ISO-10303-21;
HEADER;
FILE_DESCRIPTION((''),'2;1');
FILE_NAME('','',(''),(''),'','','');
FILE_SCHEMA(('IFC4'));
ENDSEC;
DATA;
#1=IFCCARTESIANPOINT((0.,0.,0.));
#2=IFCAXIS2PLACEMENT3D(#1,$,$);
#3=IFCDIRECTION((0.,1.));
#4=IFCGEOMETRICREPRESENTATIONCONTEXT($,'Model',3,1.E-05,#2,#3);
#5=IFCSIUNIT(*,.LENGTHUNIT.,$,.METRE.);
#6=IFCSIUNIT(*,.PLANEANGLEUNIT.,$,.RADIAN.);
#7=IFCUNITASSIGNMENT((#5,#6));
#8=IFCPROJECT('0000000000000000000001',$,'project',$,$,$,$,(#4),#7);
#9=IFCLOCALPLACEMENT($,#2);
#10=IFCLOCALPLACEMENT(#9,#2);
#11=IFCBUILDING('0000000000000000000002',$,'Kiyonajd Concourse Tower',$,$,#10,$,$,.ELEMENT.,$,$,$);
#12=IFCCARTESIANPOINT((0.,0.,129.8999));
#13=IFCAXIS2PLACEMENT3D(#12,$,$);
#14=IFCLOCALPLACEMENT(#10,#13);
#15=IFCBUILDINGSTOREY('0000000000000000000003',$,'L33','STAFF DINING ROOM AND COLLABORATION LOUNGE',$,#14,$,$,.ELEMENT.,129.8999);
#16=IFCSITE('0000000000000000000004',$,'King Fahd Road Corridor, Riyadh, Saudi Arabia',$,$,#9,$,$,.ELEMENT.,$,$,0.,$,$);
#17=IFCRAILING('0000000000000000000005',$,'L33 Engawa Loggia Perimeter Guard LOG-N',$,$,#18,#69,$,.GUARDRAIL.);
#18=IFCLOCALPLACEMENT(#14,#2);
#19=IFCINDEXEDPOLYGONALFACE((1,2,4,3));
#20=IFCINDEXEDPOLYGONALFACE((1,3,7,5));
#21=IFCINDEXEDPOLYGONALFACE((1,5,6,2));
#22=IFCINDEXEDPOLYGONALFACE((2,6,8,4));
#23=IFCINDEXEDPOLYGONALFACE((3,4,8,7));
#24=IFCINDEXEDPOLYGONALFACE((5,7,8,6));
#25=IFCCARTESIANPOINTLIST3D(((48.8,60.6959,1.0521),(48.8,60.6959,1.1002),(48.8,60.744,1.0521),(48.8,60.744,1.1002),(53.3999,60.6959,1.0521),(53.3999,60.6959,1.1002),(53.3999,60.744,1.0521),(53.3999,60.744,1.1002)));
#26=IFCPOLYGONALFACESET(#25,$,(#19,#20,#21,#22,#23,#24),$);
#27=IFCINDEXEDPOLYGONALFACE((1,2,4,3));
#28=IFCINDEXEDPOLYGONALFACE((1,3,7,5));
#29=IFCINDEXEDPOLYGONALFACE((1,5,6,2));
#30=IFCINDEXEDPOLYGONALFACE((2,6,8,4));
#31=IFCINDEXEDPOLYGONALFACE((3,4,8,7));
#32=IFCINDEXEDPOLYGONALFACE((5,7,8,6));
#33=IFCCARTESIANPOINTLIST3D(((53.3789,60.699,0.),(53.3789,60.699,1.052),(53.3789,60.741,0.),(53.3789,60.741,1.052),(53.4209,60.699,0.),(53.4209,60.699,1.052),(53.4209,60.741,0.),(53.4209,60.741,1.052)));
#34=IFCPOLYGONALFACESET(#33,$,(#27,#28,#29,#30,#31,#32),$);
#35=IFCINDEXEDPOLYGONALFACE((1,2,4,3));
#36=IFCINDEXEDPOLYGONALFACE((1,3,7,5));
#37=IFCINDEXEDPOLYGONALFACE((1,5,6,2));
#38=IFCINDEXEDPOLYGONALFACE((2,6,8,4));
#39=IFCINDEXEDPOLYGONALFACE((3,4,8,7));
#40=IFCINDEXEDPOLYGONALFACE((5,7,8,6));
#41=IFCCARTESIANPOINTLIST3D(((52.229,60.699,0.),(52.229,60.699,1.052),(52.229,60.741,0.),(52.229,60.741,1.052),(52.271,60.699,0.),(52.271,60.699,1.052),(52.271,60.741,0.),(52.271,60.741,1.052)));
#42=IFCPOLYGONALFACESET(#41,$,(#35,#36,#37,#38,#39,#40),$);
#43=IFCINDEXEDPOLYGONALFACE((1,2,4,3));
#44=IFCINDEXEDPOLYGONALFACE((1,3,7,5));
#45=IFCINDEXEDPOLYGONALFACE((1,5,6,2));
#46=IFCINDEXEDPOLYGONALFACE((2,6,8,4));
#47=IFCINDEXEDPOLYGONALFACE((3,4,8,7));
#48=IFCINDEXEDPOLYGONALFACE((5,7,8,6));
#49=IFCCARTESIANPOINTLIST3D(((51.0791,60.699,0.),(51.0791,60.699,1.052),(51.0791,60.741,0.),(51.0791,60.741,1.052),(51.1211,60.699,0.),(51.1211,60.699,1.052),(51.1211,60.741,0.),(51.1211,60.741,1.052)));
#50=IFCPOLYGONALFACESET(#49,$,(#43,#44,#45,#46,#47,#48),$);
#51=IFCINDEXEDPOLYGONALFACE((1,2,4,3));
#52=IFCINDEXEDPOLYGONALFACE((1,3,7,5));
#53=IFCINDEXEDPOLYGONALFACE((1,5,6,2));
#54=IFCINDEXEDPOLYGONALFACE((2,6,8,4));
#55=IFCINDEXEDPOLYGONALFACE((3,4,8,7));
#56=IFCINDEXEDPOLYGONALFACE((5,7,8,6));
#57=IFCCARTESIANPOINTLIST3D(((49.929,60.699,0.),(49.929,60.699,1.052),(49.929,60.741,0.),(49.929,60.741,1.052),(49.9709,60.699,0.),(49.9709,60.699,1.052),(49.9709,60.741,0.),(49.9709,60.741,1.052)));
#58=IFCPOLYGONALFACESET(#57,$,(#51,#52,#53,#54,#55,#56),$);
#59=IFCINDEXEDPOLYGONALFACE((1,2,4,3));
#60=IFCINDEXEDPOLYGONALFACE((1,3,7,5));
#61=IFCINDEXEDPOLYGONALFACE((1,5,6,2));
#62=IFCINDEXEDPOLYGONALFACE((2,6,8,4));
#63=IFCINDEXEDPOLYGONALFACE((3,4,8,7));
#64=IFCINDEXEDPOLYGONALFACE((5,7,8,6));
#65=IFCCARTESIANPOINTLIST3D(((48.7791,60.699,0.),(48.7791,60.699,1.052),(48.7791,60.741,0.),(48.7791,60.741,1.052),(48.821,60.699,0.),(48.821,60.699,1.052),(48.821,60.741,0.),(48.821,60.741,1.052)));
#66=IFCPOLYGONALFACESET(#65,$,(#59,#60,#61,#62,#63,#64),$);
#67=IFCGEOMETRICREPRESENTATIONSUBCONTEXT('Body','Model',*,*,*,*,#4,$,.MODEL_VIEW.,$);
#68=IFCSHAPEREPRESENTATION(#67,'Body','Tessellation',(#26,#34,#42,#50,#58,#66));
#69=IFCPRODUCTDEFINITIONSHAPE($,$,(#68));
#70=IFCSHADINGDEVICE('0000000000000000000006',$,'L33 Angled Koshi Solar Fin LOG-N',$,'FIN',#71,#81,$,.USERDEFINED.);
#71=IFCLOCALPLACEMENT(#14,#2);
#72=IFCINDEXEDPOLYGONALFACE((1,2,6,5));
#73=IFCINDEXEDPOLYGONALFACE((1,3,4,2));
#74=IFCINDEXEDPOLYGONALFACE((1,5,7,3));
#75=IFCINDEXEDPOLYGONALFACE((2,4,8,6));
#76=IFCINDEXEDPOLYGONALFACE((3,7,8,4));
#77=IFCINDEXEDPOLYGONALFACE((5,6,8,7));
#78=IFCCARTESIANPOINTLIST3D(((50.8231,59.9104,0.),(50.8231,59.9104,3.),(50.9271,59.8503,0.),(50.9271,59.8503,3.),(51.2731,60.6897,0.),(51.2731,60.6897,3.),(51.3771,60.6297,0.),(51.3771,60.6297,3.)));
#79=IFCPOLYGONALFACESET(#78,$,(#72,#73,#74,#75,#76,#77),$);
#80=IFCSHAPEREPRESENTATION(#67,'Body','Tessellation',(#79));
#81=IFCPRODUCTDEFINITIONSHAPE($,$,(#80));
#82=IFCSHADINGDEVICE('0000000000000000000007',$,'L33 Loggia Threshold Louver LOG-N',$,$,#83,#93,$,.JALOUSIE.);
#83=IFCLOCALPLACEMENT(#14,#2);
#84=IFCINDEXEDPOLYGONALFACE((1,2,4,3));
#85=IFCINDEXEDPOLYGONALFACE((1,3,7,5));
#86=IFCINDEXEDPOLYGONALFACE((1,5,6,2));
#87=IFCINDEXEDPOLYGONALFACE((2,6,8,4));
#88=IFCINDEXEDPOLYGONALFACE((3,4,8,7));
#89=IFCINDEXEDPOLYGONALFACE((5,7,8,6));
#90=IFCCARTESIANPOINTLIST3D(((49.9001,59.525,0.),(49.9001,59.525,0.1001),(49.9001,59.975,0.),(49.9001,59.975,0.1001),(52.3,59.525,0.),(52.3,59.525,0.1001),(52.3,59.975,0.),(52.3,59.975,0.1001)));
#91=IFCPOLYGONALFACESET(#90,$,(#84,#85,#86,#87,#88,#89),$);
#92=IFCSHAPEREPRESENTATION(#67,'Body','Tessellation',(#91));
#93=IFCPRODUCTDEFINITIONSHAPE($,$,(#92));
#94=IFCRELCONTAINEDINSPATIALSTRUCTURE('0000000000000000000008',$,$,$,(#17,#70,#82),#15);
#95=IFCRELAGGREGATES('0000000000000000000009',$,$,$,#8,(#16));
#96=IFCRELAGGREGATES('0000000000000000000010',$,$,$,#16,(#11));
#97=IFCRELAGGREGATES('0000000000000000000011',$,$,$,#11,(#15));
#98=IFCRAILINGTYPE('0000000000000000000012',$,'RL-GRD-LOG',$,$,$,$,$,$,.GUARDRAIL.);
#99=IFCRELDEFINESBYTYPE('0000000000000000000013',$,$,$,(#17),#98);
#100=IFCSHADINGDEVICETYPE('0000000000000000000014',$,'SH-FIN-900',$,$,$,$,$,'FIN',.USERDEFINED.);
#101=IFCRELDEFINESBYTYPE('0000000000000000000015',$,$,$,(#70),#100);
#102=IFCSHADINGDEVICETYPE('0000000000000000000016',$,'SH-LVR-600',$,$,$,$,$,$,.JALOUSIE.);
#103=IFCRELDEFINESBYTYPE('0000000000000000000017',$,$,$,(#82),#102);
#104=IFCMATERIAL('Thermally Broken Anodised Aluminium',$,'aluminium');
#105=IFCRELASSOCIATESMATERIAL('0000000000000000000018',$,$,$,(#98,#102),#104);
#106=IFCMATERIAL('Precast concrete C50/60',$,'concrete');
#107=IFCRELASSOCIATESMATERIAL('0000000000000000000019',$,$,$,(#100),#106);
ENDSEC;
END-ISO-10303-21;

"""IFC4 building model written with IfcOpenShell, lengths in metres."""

from ifc_helpers import new_model, si_unit, direction, frame, origin, origin_2d, place, context, subcontext, project, spatial, rectangle, extrude, material, type_object, element, save


model = new_model("IFC4")

# Units and contexts
model_context = context("Model", 3, precision=1e-05, world=origin(), true_north=direction((0.0, 1.0)))
body_context = subcontext(model_context, "Body", "Model", "MODEL_VIEW")
ifc_project = project(units=[si_unit("LENGTHUNIT", "METRE"), si_unit("PLANEANGLEUNIT", "RADIAN")], contexts=[model_context])

# Site, building, storey
site_placement = place(None, origin())
site = spatial("IfcSite", under=ifc_project, at=site_placement, Name="King Fahd Road Corridor, Riyadh, Saudi Arabia", CompositionType="ELEMENT", RefElevation=0.0)
building_placement = place(site_placement, origin())
building = spatial("IfcBuilding", under=site, at=building_placement, Name="Kiyonajd Concourse Tower", CompositionType="ELEMENT")
storey_placement = place(building_placement, frame((0.0, 0.0, 129.8999)))
storey = spatial("IfcBuildingStorey", under=building, at=storey_placement, Name="L33", Description="STAFF DINING ROOM AND COLLABORATION LOUNGE", CompositionType="ELEMENT", Elevation=129.8999)

# Shared definitions
ifc_material_1 = material(Name="Precast concrete C50/60", Category="concrete")

# Shared definitions
ifc_material_2 = material(Name="Thermally Broken Anodised Aluminium", Category="aluminium")

# Railing
railing_type = type_object("IfcRailingType", Name="RL-GRD-LOG", PredefinedType="GUARDRAIL", material=ifc_material_2)
railing_placement = place(storey_placement, frame((53.3999, 60.72, 0.0)))
element("IfcRailing", 1, at=railing_placement, inside=storey, type_object=railing_type, Name="L33 Engawa Loggia Perimeter Guard LOG-N", PredefinedType="GUARDRAIL", context=body_context, shape_type="SweptSolid", body=[
    extrude(rectangle(XDim=0.0481, YDim=0.0481, at=origin_2d()), frame((0.0, 0.0, 1.0762), z_axis=(-1.0, 0.0, 0.0), x_axis=(0.0, -1.0, 0.0)), (0.0, 0.0, 1.0), 4.5999),
    extrude(rectangle(XDim=0.042, YDim=0.042, at=origin_2d()), origin(), (0.0, 0.0, 1.0), 1.052),
    extrude(rectangle(XDim=0.042, YDim=0.042, at=origin_2d()), frame((-1.1499, 0.0, 0.0)), (0.0, 0.0, 1.0), 1.052),
    extrude(rectangle(XDim=0.042, YDim=0.042, at=origin_2d()), frame((-2.2998, 0.0, 0.0)), (0.0, 0.0, 1.0), 1.052),
    extrude(rectangle(XDim=0.042, YDim=0.042, at=origin_2d()), frame((-3.45, 0.0, 0.0)), (0.0, 0.0, 1.0), 1.052),
    extrude(rectangle(XDim=0.042, YDim=0.042, at=origin_2d()), frame((-4.5999, 0.0, 0.0)), (0.0, 0.0, 1.0), 1.052),
])

# Shading devices
shading_device_type_1 = type_object("IfcShadingDeviceType", Name="SH-FIN-900", ElementType="FIN", PredefinedType="USERDEFINED", material=ifc_material_1)
shading_device_1_placement = place(storey_placement, frame((51.1001, 60.27, 0.0), z_axis=(0.0, 0.0, 1.0), x_axis=(0.5, 0.866025, 0.0)))
element("IfcShadingDevice", 2, at=shading_device_1_placement, inside=storey, type_object=shading_device_type_1, Name="L33 Angled Koshi Solar Fin LOG-N", ObjectType="FIN", PredefinedType="USERDEFINED", context=body_context, shape_type="SweptSolid", body=[
    extrude(rectangle(XDim=0.8999, YDim=0.1201, at=origin_2d()), origin(), (0.0, 0.0, 1.0), 3.0),
])
shading_device_type_2 = type_object("IfcShadingDeviceType", Name="SH-LVR-600", PredefinedType="JALOUSIE", material=ifc_material_2)
shading_device_2_placement = place(storey_placement, frame((51.1001, 59.75, 0.0), z_axis=(0.0, 0.0, 1.0), x_axis=(1.0, 0.0, 0.0)))
element("IfcShadingDevice", 3, at=shading_device_2_placement, inside=storey, type_object=shading_device_type_2, Name="L33 Loggia Threshold Louver LOG-N", PredefinedType="JALOUSIE", context=body_context, shape_type="SweptSolid", body=[
    extrude(rectangle(XDim=2.3999, YDim=0.45, at=origin_2d()), origin(), (0.0, 0.0, 1.0), 0.1001),
])

save(model, "model.ifc")
